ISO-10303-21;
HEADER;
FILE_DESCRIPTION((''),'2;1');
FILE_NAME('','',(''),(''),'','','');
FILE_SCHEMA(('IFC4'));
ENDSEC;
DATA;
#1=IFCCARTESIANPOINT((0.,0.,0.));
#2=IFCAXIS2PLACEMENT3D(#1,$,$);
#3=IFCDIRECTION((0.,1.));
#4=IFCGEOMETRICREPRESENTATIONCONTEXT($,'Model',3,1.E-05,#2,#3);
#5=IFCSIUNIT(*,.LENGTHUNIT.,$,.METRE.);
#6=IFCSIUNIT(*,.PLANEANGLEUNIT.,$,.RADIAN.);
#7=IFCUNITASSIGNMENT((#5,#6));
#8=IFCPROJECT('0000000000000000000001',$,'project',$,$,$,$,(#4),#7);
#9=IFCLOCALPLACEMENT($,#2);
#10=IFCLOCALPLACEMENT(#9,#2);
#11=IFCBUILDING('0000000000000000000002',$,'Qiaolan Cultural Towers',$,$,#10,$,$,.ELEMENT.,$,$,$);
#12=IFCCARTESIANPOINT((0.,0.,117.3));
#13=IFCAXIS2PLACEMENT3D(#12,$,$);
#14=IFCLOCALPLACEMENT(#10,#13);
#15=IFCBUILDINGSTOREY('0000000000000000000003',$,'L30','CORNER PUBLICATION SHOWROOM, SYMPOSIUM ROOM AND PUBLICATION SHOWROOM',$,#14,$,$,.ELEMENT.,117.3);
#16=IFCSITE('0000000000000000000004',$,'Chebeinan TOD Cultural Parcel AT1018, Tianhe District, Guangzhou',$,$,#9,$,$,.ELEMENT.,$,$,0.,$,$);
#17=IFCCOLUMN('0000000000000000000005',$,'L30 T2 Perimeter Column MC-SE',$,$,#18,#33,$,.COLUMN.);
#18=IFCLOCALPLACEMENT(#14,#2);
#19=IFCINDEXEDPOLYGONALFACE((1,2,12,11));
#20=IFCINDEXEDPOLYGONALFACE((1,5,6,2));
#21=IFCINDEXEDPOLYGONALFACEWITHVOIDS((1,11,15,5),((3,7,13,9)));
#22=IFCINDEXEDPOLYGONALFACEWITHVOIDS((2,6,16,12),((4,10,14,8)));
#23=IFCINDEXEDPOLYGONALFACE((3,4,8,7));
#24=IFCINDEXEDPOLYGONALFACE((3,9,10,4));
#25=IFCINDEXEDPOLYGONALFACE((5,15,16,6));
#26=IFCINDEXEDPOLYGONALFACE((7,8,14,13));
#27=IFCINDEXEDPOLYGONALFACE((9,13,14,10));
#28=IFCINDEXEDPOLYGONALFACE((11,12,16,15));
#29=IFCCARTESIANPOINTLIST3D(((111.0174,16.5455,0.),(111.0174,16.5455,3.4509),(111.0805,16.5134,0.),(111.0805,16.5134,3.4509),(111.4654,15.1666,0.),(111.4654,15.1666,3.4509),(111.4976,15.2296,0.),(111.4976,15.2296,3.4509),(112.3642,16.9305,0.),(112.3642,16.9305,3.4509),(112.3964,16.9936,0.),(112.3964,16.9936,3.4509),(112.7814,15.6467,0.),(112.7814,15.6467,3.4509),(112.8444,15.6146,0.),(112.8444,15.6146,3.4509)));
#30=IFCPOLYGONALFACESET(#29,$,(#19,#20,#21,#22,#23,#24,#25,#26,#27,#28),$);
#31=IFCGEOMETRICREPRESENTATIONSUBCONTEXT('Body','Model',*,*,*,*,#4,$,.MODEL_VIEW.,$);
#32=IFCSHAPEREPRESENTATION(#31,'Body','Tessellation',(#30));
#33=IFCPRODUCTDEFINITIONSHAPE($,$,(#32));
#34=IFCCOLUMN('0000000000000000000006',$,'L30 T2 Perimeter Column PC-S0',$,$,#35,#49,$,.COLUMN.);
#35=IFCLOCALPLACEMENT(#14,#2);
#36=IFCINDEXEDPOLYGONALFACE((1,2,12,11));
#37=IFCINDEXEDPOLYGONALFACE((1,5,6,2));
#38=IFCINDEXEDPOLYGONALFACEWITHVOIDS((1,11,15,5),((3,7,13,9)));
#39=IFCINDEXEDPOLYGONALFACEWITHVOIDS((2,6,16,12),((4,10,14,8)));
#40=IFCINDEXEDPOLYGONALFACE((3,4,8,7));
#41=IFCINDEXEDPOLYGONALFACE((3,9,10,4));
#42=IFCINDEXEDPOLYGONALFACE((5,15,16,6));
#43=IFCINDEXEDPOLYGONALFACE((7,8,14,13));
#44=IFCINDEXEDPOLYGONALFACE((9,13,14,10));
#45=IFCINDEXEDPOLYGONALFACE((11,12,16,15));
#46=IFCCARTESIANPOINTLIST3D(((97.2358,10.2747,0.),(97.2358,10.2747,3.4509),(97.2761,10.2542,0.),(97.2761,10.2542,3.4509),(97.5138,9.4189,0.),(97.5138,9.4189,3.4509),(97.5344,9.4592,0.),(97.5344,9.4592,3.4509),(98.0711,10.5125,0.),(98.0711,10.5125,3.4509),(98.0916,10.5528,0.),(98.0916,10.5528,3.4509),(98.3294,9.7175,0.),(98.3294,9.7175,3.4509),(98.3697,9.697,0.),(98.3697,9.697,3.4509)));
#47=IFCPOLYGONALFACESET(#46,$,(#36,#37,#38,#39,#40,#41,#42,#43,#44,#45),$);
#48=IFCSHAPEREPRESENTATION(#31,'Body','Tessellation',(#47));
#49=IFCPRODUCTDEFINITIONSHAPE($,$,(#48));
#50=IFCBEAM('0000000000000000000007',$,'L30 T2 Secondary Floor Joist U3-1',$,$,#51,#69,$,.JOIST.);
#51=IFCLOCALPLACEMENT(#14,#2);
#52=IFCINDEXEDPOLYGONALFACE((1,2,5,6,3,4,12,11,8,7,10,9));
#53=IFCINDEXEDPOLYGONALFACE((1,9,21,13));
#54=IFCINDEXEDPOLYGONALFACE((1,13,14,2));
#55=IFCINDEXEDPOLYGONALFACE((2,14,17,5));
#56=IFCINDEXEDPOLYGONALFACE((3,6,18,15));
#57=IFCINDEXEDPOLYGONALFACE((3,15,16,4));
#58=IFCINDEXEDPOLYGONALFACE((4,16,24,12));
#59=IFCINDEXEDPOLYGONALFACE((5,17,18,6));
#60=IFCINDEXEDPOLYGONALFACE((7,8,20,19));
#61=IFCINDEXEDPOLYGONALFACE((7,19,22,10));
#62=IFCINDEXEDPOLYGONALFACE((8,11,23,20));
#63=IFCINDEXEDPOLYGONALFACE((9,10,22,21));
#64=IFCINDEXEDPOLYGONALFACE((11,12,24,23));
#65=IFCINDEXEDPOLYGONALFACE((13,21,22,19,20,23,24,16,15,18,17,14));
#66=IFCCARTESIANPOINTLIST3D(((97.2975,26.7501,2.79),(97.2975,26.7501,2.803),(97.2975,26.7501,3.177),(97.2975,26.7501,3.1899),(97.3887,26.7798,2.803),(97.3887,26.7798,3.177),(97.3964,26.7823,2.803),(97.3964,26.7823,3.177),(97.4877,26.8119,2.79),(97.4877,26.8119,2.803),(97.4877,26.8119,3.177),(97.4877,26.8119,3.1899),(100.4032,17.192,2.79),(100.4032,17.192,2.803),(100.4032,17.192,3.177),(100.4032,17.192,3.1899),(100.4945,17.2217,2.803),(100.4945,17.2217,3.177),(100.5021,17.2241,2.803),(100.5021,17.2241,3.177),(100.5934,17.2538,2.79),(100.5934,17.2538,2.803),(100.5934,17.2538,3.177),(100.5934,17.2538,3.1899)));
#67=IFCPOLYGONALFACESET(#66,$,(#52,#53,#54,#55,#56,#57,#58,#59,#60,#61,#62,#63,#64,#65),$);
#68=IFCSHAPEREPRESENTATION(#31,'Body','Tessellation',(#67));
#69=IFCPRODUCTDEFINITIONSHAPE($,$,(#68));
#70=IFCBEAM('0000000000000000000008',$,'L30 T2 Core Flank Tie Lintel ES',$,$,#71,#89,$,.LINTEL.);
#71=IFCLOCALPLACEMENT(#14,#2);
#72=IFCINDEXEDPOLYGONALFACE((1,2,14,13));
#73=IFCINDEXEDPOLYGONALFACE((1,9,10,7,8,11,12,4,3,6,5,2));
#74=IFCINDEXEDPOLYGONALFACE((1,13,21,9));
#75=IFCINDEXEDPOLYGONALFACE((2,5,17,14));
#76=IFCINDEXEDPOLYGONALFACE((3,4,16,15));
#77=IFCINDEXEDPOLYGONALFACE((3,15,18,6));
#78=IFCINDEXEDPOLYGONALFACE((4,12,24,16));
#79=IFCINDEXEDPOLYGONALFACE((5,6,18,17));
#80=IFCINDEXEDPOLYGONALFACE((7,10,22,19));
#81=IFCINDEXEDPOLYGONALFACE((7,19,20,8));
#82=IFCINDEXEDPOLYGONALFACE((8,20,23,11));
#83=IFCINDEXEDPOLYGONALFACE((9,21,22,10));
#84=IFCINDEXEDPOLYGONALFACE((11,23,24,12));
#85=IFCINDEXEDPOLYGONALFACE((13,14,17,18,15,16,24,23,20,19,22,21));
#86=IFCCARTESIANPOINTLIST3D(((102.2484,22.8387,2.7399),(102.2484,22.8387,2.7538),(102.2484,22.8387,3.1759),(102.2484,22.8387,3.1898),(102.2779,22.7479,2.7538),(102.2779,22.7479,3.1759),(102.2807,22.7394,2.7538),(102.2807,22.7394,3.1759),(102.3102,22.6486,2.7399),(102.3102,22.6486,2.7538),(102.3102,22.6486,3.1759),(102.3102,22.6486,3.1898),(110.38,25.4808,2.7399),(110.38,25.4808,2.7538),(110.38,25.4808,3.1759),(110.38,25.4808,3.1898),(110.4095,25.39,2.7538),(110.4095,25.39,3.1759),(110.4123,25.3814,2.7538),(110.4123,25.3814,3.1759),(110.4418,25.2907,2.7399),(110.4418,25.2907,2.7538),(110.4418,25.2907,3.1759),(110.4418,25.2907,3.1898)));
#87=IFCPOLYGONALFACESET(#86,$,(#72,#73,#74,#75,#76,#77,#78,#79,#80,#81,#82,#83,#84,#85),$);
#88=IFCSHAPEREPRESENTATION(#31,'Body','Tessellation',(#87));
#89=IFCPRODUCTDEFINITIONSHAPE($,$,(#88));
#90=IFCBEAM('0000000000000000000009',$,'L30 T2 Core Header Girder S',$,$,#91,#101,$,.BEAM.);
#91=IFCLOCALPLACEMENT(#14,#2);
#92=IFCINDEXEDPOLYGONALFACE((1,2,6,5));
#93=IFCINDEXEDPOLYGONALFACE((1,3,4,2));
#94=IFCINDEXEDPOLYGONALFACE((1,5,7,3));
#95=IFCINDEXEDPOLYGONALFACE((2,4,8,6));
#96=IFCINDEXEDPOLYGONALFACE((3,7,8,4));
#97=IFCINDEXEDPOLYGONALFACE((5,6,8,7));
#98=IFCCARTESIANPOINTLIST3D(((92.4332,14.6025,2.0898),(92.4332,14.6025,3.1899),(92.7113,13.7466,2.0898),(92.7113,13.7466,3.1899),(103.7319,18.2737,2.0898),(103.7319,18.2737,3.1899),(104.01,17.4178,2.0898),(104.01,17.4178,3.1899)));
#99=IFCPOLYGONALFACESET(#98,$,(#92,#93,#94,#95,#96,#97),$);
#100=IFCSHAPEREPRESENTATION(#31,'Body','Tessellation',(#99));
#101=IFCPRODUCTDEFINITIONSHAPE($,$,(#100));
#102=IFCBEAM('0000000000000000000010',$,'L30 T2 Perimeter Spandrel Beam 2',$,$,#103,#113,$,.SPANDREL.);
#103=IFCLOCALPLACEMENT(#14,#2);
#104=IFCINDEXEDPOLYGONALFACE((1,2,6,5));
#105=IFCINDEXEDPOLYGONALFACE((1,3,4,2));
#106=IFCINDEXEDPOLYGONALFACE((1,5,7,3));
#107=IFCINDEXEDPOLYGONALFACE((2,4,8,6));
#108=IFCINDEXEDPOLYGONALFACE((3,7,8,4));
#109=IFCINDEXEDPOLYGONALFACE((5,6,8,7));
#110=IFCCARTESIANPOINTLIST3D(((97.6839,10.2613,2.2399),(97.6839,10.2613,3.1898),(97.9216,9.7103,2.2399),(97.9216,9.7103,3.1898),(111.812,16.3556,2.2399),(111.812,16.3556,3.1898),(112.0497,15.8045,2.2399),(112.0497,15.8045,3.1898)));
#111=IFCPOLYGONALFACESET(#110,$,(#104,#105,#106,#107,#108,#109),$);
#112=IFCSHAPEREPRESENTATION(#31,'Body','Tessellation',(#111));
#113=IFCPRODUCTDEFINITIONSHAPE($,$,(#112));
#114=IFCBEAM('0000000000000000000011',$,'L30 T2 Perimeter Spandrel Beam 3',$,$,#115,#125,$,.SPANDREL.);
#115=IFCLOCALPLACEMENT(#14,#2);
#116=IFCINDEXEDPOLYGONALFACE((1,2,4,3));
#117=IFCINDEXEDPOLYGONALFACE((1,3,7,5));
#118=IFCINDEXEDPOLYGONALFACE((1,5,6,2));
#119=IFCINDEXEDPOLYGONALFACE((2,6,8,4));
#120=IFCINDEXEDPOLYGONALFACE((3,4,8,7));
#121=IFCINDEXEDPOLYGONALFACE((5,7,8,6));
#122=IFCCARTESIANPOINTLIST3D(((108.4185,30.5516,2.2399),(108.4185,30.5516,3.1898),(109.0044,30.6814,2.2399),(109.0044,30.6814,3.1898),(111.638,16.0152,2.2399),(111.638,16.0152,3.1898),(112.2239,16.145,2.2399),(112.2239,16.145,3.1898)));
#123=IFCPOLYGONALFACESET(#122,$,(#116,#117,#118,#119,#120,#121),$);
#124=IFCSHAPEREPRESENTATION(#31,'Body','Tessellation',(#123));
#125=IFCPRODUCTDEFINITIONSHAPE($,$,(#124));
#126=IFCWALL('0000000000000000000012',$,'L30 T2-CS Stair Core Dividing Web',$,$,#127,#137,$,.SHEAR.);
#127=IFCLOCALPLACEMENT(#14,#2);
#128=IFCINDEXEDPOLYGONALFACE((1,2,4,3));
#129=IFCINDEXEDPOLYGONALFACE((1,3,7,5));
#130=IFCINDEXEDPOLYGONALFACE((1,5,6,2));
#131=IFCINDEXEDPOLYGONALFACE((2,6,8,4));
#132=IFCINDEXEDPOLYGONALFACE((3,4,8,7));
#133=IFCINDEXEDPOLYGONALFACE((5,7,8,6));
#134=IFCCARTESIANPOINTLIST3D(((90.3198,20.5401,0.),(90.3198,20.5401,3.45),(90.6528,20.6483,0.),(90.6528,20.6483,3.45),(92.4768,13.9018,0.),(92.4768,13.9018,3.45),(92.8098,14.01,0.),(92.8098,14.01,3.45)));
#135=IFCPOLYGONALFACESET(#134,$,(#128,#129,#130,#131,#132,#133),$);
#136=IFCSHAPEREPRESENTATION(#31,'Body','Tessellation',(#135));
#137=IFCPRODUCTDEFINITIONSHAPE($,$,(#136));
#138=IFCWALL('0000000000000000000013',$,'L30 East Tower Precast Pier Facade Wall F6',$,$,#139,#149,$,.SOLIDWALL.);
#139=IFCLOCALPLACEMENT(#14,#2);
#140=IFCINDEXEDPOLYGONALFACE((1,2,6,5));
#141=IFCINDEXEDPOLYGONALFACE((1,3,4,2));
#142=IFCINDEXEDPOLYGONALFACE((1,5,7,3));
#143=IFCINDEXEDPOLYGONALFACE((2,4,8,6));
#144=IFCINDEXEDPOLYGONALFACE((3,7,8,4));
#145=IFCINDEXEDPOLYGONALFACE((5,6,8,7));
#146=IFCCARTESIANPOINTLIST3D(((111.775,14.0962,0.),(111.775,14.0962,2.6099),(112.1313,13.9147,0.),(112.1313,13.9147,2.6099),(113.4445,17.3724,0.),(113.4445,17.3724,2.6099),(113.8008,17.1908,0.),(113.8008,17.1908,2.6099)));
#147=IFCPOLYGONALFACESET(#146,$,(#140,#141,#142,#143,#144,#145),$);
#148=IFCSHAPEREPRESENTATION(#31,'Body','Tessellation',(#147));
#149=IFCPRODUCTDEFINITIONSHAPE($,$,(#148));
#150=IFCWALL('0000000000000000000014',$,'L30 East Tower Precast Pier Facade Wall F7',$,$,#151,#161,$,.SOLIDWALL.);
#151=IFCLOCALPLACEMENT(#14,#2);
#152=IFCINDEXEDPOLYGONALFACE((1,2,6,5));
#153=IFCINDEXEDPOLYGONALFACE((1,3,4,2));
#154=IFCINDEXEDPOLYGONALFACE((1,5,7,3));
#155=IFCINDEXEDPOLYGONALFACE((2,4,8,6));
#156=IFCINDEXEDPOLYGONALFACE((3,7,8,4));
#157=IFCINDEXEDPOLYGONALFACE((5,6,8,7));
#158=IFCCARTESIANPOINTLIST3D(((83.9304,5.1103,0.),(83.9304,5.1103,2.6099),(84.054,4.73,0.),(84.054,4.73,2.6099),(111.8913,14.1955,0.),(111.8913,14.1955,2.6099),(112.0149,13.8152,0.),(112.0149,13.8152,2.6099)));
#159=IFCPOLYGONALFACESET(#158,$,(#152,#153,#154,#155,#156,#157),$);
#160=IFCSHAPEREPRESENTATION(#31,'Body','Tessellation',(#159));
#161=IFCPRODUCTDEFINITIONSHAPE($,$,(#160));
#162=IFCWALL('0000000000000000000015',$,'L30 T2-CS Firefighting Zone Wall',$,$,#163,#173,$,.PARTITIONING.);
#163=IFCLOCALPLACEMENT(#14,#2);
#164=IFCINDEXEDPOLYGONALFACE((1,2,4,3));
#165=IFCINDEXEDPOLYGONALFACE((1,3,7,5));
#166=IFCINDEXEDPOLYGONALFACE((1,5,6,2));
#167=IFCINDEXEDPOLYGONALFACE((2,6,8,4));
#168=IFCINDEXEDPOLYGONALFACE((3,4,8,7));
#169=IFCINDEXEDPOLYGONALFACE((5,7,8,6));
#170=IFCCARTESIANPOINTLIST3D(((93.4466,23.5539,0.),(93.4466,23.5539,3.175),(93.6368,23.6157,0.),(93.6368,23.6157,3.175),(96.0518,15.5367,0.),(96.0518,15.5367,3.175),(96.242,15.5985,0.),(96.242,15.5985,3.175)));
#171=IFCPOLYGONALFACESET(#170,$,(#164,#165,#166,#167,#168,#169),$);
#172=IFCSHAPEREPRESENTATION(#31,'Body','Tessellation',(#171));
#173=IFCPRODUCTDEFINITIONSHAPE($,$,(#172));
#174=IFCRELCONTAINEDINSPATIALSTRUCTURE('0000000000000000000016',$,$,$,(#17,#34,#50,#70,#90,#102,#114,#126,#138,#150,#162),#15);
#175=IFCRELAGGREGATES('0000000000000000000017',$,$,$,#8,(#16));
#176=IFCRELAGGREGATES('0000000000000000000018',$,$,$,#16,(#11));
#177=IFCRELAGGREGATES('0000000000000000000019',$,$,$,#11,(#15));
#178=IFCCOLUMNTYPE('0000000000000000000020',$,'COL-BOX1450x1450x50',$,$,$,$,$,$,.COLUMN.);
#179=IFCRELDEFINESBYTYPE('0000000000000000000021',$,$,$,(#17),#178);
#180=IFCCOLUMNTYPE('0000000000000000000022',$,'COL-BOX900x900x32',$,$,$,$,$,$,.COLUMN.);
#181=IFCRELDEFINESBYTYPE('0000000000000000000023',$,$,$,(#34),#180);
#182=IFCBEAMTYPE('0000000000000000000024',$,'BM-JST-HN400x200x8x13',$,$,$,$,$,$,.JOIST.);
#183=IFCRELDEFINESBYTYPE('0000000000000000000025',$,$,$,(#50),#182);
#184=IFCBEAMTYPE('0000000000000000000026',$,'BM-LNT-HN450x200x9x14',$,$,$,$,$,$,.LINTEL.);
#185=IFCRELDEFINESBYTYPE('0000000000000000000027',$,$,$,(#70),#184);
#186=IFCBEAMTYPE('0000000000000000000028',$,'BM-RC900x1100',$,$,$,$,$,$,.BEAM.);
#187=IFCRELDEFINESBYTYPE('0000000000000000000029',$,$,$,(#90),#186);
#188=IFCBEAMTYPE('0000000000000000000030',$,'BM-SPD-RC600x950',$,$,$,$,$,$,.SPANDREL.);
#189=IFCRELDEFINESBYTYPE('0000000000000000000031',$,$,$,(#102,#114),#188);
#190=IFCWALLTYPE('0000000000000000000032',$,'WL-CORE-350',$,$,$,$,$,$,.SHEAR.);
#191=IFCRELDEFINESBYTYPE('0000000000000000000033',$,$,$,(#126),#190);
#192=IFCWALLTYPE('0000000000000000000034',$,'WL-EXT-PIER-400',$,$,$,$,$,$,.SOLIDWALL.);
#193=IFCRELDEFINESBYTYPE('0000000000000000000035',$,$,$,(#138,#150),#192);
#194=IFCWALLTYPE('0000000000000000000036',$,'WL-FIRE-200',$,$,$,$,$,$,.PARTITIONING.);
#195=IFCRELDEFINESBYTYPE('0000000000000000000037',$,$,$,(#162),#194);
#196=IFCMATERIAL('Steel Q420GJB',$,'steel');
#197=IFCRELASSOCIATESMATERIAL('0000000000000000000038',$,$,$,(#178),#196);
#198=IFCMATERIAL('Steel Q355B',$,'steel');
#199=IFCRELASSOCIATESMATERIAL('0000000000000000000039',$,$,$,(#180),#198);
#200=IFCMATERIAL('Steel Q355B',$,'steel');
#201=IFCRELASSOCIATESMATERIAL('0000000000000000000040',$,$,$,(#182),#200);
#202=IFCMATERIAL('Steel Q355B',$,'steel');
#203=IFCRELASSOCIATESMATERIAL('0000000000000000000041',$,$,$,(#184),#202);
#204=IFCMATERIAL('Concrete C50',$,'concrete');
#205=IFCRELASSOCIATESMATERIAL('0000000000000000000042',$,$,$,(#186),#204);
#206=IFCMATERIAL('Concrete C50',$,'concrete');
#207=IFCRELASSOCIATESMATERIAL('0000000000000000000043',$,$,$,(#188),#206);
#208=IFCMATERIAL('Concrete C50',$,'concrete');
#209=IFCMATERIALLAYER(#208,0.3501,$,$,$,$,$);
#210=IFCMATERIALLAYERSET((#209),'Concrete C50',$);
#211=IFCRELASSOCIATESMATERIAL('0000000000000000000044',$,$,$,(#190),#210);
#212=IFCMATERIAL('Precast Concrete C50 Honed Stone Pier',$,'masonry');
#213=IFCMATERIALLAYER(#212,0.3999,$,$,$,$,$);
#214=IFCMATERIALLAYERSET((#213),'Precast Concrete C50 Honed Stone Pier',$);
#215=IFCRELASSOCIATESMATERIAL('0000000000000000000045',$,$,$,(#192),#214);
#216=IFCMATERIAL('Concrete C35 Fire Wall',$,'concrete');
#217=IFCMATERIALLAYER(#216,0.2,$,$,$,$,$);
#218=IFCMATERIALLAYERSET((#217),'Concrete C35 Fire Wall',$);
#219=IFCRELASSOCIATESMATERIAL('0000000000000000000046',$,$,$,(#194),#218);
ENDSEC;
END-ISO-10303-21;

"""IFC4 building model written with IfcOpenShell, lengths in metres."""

from ifc_helpers import new_model, si_unit, direction, frame, frame_2d, origin, origin_2d, place, context, subcontext, project, spatial, rectangle, hollow_rectangle, i_section, extrude, material, layer, layer_set, material_profile, profile_set, type_object, element, save


model = new_model("IFC4")

# Units and contexts
model_context = context("Model", 3, precision=1e-05, world=origin(), true_north=direction((0.0, 1.0)))
body_context = subcontext(model_context, "Body", "Model", "MODEL_VIEW")
ifc_project = project(units=[si_unit("LENGTHUNIT", "METRE"), si_unit("PLANEANGLEUNIT", "RADIAN")], contexts=[model_context])

# Site, building, storey
site_placement = place(None, origin())
site = spatial("IfcSite", under=ifc_project, at=site_placement, Name="Chebeinan TOD Cultural Parcel AT1018, Tianhe District, Guangzhou", CompositionType="ELEMENT", RefElevation=0.0)
building_placement = place(site_placement, origin())
building = spatial("IfcBuilding", under=site, at=building_placement, Name="Qiaolan Cultural Towers", CompositionType="ELEMENT")
storey_placement = place(building_placement, frame((0.0, 0.0, 117.3)))
storey = spatial("IfcBuildingStorey", under=building, at=storey_placement, Name="L30", Description="CORNER PUBLICATION SHOWROOM, SYMPOSIUM ROOM AND PUBLICATION SHOWROOM", CompositionType="ELEMENT", Elevation=117.3)

# Columns
ifc_material_1 = material(Name="Steel Q420GJB", Category="steel")
ifc_material_profile_1 = material_profile(ifc_material_1, hollow_rectangle(XDim=1.45, YDim=1.45, WallThickness=0.05, at=origin_2d()), Name="BOX1450x1450x50")
ifc_profile_set_1 = profile_set([ifc_material_profile_1], Name="Steel Q420GJB")
column_type_1 = type_object("IfcColumnType", Name="COL-BOX1450x1450x50", PredefinedType="COLUMN", material=ifc_profile_set_1)
column_1_placement = place(storey_placement, frame((111.9309, 16.0801, 0.0), z_axis=(0.0, 0.0, 1.0), x_axis=(0.951057, 0.309017, 0.0)))
element("IfcColumn", 1, at=column_1_placement, inside=storey, type_object=column_type_1, Name="L30 T2 Perimeter Column MC-SE", PredefinedType="COLUMN", context=body_context, shape_type="SweptSolid", body=[
    extrude(hollow_rectangle(XDim=1.45, YDim=1.45, WallThickness=0.05, at=origin_2d()), origin(), (0.0, 0.0, 1.0), 3.4509),
])
ifc_material_2 = material(Name="Steel Q355B", Category="steel")
ifc_material_profile_2 = material_profile(ifc_material_2, hollow_rectangle(XDim=0.8999, YDim=0.8999, WallThickness=0.032, at=origin_2d()), Name="BOX900x900x32")
ifc_profile_set_2 = profile_set([ifc_material_profile_2], Name="Steel Q355B")
column_type_2 = type_object("IfcColumnType", Name="COL-BOX900x900x32", PredefinedType="COLUMN", material=ifc_profile_set_2)
column_2_placement = place(storey_placement, frame((97.8027, 9.9858, 0.0), z_axis=(0.0, 0.0, 1.0), x_axis=(0.951057, 0.309017, 0.0)))
element("IfcColumn", 2, at=column_2_placement, inside=storey, type_object=column_type_2, Name="L30 T2 Perimeter Column PC-S0", PredefinedType="COLUMN", context=body_context, shape_type="SweptSolid", body=[
    extrude(hollow_rectangle(XDim=0.8999, YDim=0.8999, WallThickness=0.032, at=origin_2d()), origin(), (0.0, 0.0, 1.0), 3.4509),
])

# Beams
ifc_material_3 = material(Name="Steel Q355B", Category="steel")
ifc_material_profile_3 = material_profile(ifc_material_3, i_section(OverallWidth=0.2, OverallDepth=0.3999, WebThickness=0.0081, FlangeThickness=0.0129, at=origin_2d()), Name="HN400x200x8x13")
ifc_profile_set_3 = profile_set([ifc_material_profile_3], Name="Steel Q355B")
beam_type_1 = type_object("IfcBeamType", Name="BM-JST-HN400x200x8x13", PredefinedType="JOIST", material=ifc_profile_set_3)
beam_1_placement = place(storey_placement, frame((100.4983, 17.2229, 2.99), z_axis=(-0.309026, 0.951054, 0.0), x_axis=(-0.951054, -0.309026, 0.0)))
element("IfcBeam", 3, at=beam_1_placement, inside=storey, type_object=beam_type_1, Name="L30 T2 Secondary Floor Joist U3-1", PredefinedType="JOIST", context=body_context, shape_type="SweptSolid", body=[
    extrude(i_section(OverallWidth=0.2, OverallDepth=0.3999, WebThickness=0.0081, FlangeThickness=0.0129, at=origin_2d()), origin(), (0.0, 0.0, 1.0), 10.05),
])
ifc_material_4 = material(Name="Steel Q355B", Category="steel")
ifc_material_profile_4 = material_profile(ifc_material_4, i_section(OverallWidth=0.2, OverallDepth=0.45, WebThickness=0.009, FlangeThickness=0.0139, at=origin_2d()), Name="HN450x200x9x14")
ifc_profile_set_4 = profile_set([ifc_material_profile_4], Name="Steel Q355B")
beam_type_2 = type_object("IfcBeamType", Name="BM-LNT-HN450x200x9x14", PredefinedType="LINTEL", material=ifc_profile_set_4)
beam_2_placement = place(storey_placement, frame((102.2793, 22.7437, 2.9648), z_axis=(0.951057, 0.309014, 0.0), x_axis=(-0.309014, 0.951057, 0.0)))
element("IfcBeam", 4, at=beam_2_placement, inside=storey, type_object=beam_type_2, Name="L30 T2 Core Flank Tie Lintel ES", PredefinedType="LINTEL", context=body_context, shape_type="SweptSolid", body=[
    extrude(i_section(OverallWidth=0.2, OverallDepth=0.45, WebThickness=0.009, FlangeThickness=0.0139, at=origin_2d()), origin(), (0.0, 0.0, 1.0), 8.55),
])
ifc_material_5 = material(Name="Concrete C50", Category="concrete")
ifc_material_profile_5 = material_profile(ifc_material_5, rectangle(XDim=0.8999, YDim=1.1001, at=origin_2d()), Name="RC900x1100")
ifc_profile_set_5 = profile_set([ifc_material_profile_5], Name="Concrete C50")
beam_type_3 = type_object("IfcBeamType", Name="BM-RC900x1100", PredefinedType="BEAM", material=ifc_profile_set_5)
beam_3_placement = place(storey_placement, frame((92.5723, 14.1746, 2.6399), z_axis=(0.951056, 0.309018, 0.0), x_axis=(-0.309018, 0.951056, 0.0)))
element("IfcBeam", 5, at=beam_3_placement, inside=storey, type_object=beam_type_3, Name="L30 T2 Core Header Girder S", PredefinedType="BEAM", context=body_context, shape_type="SweptSolid", body=[
    extrude(rectangle(XDim=0.8999, YDim=1.1001, at=origin_2d()), origin(), (0.0, 0.0, 1.0), 11.8801),
])
ifc_material_6 = material(Name="Concrete C50", Category="concrete")
ifc_material_profile_6 = material_profile(ifc_material_6, rectangle(XDim=0.6001, YDim=0.95, at=origin_2d()), Name="RC600x950")
ifc_profile_set_6 = profile_set([ifc_material_profile_6], Name="Concrete C50")
beam_type_4 = type_object("IfcBeamType", Name="BM-SPD-RC600x950", PredefinedType="SPANDREL", material=ifc_profile_set_6)
beam_4_placement = place(storey_placement, frame((97.8027, 9.9858, 2.7148), z_axis=(0.918218, 0.396076, 0.0), x_axis=(-0.396076, 0.918218, 0.0)))
element("IfcBeam", 6, at=beam_4_placement, inside=storey, type_object=beam_type_4, Name="L30 T2 Perimeter Spandrel Beam 2", PredefinedType="SPANDREL", context=body_context, shape_type="SweptSolid", body=[
    extrude(rectangle(XDim=0.6001, YDim=0.95, at=origin_2d()), origin(), (0.0, 0.0, 1.0), 15.3865),
])
beam_5_placement = place(storey_placement, frame((111.9309, 16.0801, 2.7148), z_axis=(-0.216238, 0.976341, 0.0), x_axis=(-0.976341, -0.216238, 0.0)))
element("IfcBeam", 7, at=beam_5_placement, inside=storey, type_object=beam_type_4, Name="L30 T2 Perimeter Spandrel Beam 3", PredefinedType="SPANDREL", context=body_context, shape_type="SweptSolid", body=[
    extrude(rectangle(XDim=0.6001, YDim=0.95, at=origin_2d()), origin(), (0.0, 0.0, 1.0), 14.8887),
])

# Walls
ifc_material_7 = material(Name="Concrete C50", Category="concrete")
ifc_layer_1 = layer(ifc_material_7, 0.3501)
ifc_layer_set_1 = layer_set([ifc_layer_1], Name="Concrete C50")
wall_type_1 = type_object("IfcWallType", Name="WL-CORE-350", PredefinedType="SHEAR", material=ifc_layer_set_1)
wall_1_placement = place(storey_placement, frame((90.4863, 20.5942, 0.0), z_axis=(0.0, 0.0, 1.0), x_axis=(0.30902, -0.951055, 0.0)))
element("IfcWall", 8, at=wall_1_placement, inside=storey, type_object=wall_type_1, Name="L30 T2-CS Stair Core Dividing Web", PredefinedType="SHEAR", context=body_context, shape_type="SweptSolid", body=[
    extrude(rectangle(XDim=6.98, YDim=0.3501, at=frame_2d((3.49, 0.0))), origin(), (0.0, 0.0, 1.0), 3.45),
])
ifc_material_8 = material(Name="Precast Concrete C50 Honed Stone Pier", Category="masonry")
ifc_layer_2 = layer(ifc_material_8, 0.3999)
ifc_layer_set_2 = layer_set([ifc_layer_2], Name="Precast Concrete C50 Honed Stone Pier")
wall_type_2 = type_object("IfcWallType", Name="WL-EXT-PIER-400", PredefinedType="SOLIDWALL", material=ifc_layer_set_2)
wall_2_placement = place(storey_placement, frame((113.6226, 17.2815, 0.0), z_axis=(0.0, 0.0, 1.0), x_axis=(-0.454026, -0.890988, 0.0)))
element("IfcWall", 9, at=wall_2_placement, inside=storey, type_object=wall_type_2, Name="L30 East Tower Precast Pier Facade Wall F6", PredefinedType="SOLIDWALL", context=body_context, shape_type="SweptSolid", body=[
    extrude(rectangle(XDim=3.677, YDim=0.3999, at=frame_2d((1.8384, 0.0))), origin(), (0.0, 0.0, 1.0), 2.6099),
])
wall_3_placement = place(storey_placement, frame((111.9531, 14.0054, 0.0), z_axis=(0.0, 0.0, 1.0), x_axis=(-0.951055, -0.309021, 0.0)))
element("IfcWall", 10, at=wall_3_placement, inside=storey, type_object=wall_type_2, Name="L30 East Tower Precast Pier Facade Wall F7", PredefinedType="SOLIDWALL", context=body_context, shape_type="SweptSolid", body=[
    extrude(rectangle(XDim=29.3999, YDim=0.3999, at=frame_2d((14.7, 0.0))), origin(), (0.0, 0.0, 1.0), 2.6099),
])
ifc_material_9 = material(Name="Concrete C35 Fire Wall", Category="concrete")
ifc_layer_3 = layer(ifc_material_9, 0.2)
ifc_layer_set_3 = layer_set([ifc_layer_3], Name="Concrete C35 Fire Wall")
wall_type_3 = type_object("IfcWallType", Name="WL-FIRE-200", PredefinedType="PARTITIONING", material=ifc_layer_set_3)
wall_4_placement = place(storey_placement, frame((93.5417, 23.5847, 0.0), z_axis=(0.0, 0.0, 1.0), x_axis=(0.309042, -0.951048, 0.0)))
element("IfcWall", 11, at=wall_4_placement, inside=storey, type_object=wall_type_3, Name="L30 T2-CS Firefighting Zone Wall", PredefinedType="PARTITIONING", context=body_context, shape_type="SweptSolid", body=[
    extrude(rectangle(XDim=8.4299, YDim=0.2, at=frame_2d((4.2148, 0.0))), origin(), (0.0, 0.0, 1.0), 3.175),
])

save(model, "model.ifc")
